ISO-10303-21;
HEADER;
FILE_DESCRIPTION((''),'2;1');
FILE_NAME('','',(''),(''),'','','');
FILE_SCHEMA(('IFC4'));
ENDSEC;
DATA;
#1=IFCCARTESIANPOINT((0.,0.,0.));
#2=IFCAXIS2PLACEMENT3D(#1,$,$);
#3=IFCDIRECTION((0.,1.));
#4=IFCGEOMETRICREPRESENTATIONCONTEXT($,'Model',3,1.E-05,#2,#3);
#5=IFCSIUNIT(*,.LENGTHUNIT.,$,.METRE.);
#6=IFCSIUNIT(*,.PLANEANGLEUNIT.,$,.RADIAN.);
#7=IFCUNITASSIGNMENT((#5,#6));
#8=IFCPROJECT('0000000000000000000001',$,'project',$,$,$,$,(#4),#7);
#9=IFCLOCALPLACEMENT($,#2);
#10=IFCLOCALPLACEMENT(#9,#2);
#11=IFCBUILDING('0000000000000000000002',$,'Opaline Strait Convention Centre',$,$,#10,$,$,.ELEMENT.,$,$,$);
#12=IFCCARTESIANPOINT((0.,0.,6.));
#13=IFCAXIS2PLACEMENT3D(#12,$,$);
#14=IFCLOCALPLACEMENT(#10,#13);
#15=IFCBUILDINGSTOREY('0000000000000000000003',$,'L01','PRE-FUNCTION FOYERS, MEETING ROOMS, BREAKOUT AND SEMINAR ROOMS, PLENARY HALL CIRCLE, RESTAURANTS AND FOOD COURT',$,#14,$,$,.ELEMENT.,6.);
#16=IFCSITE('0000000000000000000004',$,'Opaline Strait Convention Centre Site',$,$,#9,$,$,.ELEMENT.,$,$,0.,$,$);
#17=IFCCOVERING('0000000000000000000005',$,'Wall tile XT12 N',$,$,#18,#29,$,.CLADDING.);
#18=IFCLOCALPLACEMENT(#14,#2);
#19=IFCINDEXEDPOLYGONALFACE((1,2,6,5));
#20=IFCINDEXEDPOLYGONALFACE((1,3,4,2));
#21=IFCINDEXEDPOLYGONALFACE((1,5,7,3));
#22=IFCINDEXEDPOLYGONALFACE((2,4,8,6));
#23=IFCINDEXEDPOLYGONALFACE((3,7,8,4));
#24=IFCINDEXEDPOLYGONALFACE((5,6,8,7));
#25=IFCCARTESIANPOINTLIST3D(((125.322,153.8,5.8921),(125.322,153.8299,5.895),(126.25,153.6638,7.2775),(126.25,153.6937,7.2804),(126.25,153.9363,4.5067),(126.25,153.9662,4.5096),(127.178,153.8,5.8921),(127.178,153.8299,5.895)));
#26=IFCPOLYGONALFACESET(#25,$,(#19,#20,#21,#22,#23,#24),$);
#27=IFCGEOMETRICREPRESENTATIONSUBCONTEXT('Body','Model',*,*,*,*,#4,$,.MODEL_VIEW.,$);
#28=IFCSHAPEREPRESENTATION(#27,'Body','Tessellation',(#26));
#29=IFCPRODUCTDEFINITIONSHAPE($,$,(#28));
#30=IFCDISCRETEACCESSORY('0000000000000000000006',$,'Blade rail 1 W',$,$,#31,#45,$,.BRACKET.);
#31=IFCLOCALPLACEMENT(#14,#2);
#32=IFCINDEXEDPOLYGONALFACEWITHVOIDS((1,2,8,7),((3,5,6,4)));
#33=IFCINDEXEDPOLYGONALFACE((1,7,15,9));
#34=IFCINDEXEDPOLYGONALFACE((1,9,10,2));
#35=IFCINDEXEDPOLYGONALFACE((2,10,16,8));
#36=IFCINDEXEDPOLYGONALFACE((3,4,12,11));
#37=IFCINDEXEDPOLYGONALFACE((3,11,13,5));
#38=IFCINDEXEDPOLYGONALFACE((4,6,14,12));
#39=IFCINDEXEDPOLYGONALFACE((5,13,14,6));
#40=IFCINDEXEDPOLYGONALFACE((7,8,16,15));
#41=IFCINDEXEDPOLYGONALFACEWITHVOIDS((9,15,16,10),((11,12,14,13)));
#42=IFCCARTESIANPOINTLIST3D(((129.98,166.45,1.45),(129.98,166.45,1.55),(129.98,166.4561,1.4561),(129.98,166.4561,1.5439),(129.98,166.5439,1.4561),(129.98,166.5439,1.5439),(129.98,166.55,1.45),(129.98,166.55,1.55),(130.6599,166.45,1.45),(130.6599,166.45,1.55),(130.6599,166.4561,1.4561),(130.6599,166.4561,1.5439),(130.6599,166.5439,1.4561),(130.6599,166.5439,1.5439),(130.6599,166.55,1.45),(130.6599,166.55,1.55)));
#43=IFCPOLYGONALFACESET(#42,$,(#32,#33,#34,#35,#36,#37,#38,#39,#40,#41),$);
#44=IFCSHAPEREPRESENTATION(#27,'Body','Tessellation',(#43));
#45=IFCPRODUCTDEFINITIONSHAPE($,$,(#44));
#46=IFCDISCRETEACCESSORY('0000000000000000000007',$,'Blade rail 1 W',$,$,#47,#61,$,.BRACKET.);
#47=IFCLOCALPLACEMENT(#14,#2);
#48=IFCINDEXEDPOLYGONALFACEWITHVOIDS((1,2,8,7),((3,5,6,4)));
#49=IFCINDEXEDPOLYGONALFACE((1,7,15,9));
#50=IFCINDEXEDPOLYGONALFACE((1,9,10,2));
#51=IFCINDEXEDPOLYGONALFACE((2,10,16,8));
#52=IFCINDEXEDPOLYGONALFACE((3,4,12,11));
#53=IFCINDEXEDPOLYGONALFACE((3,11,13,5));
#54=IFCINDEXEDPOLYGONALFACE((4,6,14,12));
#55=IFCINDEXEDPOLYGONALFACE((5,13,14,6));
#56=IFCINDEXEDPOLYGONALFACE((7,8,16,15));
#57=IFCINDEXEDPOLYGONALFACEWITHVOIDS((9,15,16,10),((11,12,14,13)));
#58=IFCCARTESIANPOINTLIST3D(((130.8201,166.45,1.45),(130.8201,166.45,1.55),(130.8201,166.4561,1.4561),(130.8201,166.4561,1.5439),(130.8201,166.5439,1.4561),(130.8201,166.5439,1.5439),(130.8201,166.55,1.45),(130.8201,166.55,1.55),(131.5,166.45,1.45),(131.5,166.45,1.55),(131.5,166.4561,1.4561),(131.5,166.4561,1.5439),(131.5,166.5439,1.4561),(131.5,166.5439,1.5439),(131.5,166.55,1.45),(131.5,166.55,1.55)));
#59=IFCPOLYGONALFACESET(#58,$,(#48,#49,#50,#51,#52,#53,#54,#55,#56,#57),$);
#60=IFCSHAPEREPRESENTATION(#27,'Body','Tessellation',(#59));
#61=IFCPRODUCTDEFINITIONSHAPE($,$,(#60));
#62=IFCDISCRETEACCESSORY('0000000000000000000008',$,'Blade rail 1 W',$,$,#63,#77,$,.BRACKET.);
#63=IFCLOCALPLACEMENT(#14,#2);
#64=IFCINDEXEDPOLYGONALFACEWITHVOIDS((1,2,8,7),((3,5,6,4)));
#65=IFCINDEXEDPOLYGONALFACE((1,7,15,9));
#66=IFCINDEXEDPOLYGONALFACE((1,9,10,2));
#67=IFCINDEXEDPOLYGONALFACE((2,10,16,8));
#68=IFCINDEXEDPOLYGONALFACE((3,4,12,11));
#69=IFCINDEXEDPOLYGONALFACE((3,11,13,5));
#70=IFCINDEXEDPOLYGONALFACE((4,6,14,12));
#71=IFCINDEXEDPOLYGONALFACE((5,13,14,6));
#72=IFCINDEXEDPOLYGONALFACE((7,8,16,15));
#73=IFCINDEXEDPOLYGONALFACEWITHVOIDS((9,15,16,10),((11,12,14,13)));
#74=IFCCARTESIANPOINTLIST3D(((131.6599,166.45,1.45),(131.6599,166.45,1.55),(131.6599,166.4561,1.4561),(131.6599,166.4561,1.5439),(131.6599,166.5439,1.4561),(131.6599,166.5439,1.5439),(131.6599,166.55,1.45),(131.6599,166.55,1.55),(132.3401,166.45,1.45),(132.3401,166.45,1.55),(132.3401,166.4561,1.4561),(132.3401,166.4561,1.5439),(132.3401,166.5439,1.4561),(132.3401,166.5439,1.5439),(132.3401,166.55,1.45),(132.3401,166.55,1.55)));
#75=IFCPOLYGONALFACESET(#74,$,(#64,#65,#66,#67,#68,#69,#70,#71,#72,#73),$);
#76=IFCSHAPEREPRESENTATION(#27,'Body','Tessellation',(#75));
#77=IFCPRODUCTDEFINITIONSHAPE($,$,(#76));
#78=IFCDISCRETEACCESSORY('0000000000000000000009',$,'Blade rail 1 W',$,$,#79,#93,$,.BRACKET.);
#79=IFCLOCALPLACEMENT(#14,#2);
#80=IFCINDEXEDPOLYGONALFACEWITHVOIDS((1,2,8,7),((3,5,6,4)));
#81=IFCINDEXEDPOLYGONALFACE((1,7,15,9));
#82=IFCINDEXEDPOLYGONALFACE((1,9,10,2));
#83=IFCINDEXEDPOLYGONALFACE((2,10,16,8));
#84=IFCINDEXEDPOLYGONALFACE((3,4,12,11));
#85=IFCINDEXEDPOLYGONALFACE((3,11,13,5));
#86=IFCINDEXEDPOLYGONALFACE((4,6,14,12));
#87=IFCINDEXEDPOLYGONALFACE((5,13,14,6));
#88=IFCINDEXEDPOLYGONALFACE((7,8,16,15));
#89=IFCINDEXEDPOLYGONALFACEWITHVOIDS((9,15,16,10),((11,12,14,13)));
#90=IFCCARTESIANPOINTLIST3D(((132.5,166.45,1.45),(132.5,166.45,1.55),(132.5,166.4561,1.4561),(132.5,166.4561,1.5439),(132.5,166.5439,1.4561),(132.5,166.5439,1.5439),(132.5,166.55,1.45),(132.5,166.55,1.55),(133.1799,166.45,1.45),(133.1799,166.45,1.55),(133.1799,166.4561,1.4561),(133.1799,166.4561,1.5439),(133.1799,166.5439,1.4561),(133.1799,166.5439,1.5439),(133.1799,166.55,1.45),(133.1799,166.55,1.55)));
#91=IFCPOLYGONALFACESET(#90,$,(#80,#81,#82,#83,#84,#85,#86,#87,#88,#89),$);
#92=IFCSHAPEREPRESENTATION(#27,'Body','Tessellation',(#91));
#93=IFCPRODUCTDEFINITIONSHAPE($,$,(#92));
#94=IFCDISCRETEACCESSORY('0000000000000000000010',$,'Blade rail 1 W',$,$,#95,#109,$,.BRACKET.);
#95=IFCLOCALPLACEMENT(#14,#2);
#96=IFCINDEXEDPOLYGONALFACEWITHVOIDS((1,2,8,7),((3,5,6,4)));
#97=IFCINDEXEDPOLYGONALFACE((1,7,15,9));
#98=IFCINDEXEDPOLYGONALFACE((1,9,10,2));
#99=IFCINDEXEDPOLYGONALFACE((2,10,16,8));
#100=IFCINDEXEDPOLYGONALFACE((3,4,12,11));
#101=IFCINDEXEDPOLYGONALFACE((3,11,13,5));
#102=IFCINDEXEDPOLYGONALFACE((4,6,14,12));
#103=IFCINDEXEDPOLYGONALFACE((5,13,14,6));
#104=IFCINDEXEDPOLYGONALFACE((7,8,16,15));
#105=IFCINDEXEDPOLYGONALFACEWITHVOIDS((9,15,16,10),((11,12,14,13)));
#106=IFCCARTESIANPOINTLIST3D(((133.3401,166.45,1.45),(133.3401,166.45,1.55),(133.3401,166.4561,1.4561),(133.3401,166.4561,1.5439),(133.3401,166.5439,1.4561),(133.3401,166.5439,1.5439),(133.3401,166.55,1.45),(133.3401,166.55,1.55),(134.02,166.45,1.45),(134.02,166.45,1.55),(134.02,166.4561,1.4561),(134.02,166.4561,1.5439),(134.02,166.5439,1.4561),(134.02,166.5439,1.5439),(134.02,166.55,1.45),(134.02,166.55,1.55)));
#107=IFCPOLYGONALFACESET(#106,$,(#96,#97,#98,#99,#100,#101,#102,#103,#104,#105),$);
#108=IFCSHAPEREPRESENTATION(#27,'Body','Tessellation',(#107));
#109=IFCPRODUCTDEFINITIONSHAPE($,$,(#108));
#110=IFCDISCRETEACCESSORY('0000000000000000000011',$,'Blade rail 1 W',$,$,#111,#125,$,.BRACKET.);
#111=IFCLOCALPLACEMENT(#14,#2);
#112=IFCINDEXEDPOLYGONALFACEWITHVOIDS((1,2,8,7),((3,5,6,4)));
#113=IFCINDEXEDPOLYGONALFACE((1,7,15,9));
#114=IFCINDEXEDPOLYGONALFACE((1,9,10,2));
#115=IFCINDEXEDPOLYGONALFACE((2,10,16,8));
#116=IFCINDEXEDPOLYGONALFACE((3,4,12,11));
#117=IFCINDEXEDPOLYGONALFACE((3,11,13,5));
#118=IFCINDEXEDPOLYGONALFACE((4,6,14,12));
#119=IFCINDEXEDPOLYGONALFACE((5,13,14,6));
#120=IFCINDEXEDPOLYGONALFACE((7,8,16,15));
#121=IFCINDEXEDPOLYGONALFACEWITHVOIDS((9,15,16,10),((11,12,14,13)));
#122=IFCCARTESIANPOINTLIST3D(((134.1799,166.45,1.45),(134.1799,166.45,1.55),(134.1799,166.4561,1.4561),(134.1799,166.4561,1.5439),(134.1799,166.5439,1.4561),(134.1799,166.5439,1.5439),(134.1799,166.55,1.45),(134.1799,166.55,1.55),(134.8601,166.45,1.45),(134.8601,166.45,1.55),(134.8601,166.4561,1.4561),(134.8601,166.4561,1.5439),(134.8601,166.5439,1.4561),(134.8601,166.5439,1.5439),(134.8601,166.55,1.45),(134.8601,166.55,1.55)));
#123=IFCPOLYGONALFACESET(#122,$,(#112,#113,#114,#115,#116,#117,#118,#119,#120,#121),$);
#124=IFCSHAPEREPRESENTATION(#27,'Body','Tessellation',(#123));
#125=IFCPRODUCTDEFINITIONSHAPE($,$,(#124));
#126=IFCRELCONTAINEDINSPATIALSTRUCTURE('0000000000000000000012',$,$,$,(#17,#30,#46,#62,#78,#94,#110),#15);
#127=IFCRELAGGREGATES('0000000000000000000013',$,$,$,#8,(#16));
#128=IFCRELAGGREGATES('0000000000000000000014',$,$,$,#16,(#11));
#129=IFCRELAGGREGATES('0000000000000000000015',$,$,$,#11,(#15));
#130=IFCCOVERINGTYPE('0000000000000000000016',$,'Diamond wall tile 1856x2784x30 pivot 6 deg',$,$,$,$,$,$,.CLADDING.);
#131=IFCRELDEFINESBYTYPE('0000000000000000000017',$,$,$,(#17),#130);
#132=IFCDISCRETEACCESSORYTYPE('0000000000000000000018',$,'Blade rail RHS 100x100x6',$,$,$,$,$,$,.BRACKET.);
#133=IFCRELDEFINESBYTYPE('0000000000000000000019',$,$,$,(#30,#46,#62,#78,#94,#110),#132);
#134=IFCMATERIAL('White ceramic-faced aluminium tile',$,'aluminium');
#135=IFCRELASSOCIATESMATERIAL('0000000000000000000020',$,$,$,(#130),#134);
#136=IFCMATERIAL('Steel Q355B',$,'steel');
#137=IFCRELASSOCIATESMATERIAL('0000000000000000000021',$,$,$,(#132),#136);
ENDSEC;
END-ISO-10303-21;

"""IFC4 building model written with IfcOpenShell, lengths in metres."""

from ifc_helpers import new_model, si_unit, direction, frame, origin, origin_2d, place, context, subcontext, project, spatial, polyline, hollow_rectangle, outline, extrude, material, material_profile, profile_set, type_object, element, save


model = new_model("IFC4")

# Units and contexts
model_context = context("Model", 3, precision=1e-05, world=origin(), true_north=direction((0.0, 1.0)))
body_context = subcontext(model_context, "Body", "Model", "MODEL_VIEW")
ifc_project = project(units=[si_unit("LENGTHUNIT", "METRE"), si_unit("PLANEANGLEUNIT", "RADIAN")], contexts=[model_context])

# Site, building, storey
site_placement = place(None, origin())
site = spatial("IfcSite", under=ifc_project, at=site_placement, Name="Opaline Strait Convention Centre Site", CompositionType="ELEMENT", RefElevation=0.0)
building_placement = place(site_placement, origin())
building = spatial("IfcBuilding", under=site, at=building_placement, Name="Opaline Strait Convention Centre", CompositionType="ELEMENT")
storey_placement = place(building_placement, frame((0.0, 0.0, 6.0)))
storey = spatial("IfcBuildingStorey", under=building, at=storey_placement, Name="L01", Description="PRE-FUNCTION FOYERS, MEETING ROOMS, BREAKOUT AND SEMINAR ROOMS, PLENARY HALL CIRCLE, RESTAURANTS AND FOOD COURT", CompositionType="ELEMENT", Elevation=6.0)

# Shared definitions
ifc_material_1 = material(Name="Steel Q355B", Category="steel")

# Covering
ifc_material_2 = material(Name="White ceramic-faced aluminium tile", Category="aluminium")
ifc_material_profile_1 = material_profile(ifc_material_2, outline(polyline([(0.928, 0.0), (0.0, 1.3921), (-0.928, 0.0), (0.0, -1.3921), (0.928, 0.0)])), Name="Diamond tile 1856x2784")
ifc_profile_set_1 = profile_set([ifc_material_profile_1], Name="White ceramic-faced aluminium tile")
covering_type_1 = type_object("IfcCoveringType", Name="Diamond wall tile 1856x2784x30 pivot 6 deg", PredefinedType="CLADDING", material=ifc_profile_set_1)
covering_1_placement = place(storey_placement, frame((126.25, 153.8, 5.8921), z_axis=(0.0, 0.995197, 0.097888), x_axis=(-1.0, 0.0, 0.0)))
element("IfcCovering", 1, at=covering_1_placement, inside=storey, type_object=covering_type_1, Name="Wall tile XT12 N", PredefinedType="CLADDING", context=body_context, shape_type="SweptSolid", body=[
    extrude(outline(polyline([(0.928, 0.0), (0.0, 1.3921), (-0.928, 0.0), (0.0, -1.3921), (0.928, 0.0)])), origin(), (0.0, 0.0, 1.0), 0.03),
])

# Discrete accessories
ifc_material_profile_2 = material_profile(ifc_material_1, hollow_rectangle(XDim=0.1001, YDim=0.1001, WallThickness=0.0061, at=origin_2d()), Name="RHS 100x100x6")
ifc_profile_set_2 = profile_set([ifc_material_profile_2], Name="Steel Q355B")
discrete_accessory_type = type_object("IfcDiscreteAccessoryType", Name="Blade rail RHS 100x100x6", PredefinedType="BRACKET", material=ifc_profile_set_2)
for number, where, z_axis, x_axis, name in (
    (2, (129.98, 166.5, 1.5), (1.0, 0.0, 0.0), (0.0, 1.0, 0.0), "Blade rail 1 W"),
    (3, (130.8201, 166.5, 1.5), (1.0, 0.0, 0.0), (0.0, 1.0, 0.0), "Blade rail 1 W"),
):
    element("IfcDiscreteAccessory", number, at=place(storey_placement, frame(where, z_axis=z_axis, x_axis=x_axis)), inside=storey, type_object=discrete_accessory_type, Name=name, PredefinedType="BRACKET", context=body_context, shape_type="SweptSolid", body=[
        extrude(hollow_rectangle(XDim=0.1001, YDim=0.1001, WallThickness=0.0061, at=origin_2d()), origin(), (0.0, 0.0, 1.0), 0.6799),
    ])
discrete_accessory_1_placement = place(storey_placement, frame((131.6599, 166.5, 1.5), z_axis=(1.0, 0.0, 0.0), x_axis=(0.0, 1.0, 0.0)))
element("IfcDiscreteAccessory", 4, at=discrete_accessory_1_placement, inside=storey, type_object=discrete_accessory_type, Name="Blade rail 1 W", PredefinedType="BRACKET", context=body_context, shape_type="SweptSolid", body=[
    extrude(hollow_rectangle(XDim=0.1001, YDim=0.1001, WallThickness=0.0061, at=origin_2d()), origin(), (0.0, 0.0, 1.0), 0.6802),
])
for number, where, z_axis, x_axis, name in (
    (5, (132.5, 166.5, 1.5), (1.0, 0.0, 0.0), (0.0, 1.0, 0.0), "Blade rail 1 W"),
    (6, (133.3401, 166.5, 1.5), (1.0, 0.0, 0.0), (0.0, 1.0, 0.0), "Blade rail 1 W"),
):
    element("IfcDiscreteAccessory", number, at=place(storey_placement, frame(where, z_axis=z_axis, x_axis=x_axis)), inside=storey, type_object=discrete_accessory_type, Name=name, PredefinedType="BRACKET", context=body_context, shape_type="SweptSolid", body=[
        extrude(hollow_rectangle(XDim=0.1001, YDim=0.1001, WallThickness=0.0061, at=origin_2d()), origin(), (0.0, 0.0, 1.0), 0.6799),
    ])
discrete_accessory_2_placement = place(storey_placement, frame((134.1799, 166.5, 1.5), z_axis=(1.0, 0.0, 0.0), x_axis=(0.0, 1.0, 0.0)))
element("IfcDiscreteAccessory", 7, at=discrete_accessory_2_placement, inside=storey, type_object=discrete_accessory_type, Name="Blade rail 1 W", PredefinedType="BRACKET", context=body_context, shape_type="SweptSolid", body=[
    extrude(hollow_rectangle(XDim=0.1001, YDim=0.1001, WallThickness=0.0061, at=origin_2d()), origin(), (0.0, 0.0, 1.0), 0.6802),
])

save(model, "model.ifc")
